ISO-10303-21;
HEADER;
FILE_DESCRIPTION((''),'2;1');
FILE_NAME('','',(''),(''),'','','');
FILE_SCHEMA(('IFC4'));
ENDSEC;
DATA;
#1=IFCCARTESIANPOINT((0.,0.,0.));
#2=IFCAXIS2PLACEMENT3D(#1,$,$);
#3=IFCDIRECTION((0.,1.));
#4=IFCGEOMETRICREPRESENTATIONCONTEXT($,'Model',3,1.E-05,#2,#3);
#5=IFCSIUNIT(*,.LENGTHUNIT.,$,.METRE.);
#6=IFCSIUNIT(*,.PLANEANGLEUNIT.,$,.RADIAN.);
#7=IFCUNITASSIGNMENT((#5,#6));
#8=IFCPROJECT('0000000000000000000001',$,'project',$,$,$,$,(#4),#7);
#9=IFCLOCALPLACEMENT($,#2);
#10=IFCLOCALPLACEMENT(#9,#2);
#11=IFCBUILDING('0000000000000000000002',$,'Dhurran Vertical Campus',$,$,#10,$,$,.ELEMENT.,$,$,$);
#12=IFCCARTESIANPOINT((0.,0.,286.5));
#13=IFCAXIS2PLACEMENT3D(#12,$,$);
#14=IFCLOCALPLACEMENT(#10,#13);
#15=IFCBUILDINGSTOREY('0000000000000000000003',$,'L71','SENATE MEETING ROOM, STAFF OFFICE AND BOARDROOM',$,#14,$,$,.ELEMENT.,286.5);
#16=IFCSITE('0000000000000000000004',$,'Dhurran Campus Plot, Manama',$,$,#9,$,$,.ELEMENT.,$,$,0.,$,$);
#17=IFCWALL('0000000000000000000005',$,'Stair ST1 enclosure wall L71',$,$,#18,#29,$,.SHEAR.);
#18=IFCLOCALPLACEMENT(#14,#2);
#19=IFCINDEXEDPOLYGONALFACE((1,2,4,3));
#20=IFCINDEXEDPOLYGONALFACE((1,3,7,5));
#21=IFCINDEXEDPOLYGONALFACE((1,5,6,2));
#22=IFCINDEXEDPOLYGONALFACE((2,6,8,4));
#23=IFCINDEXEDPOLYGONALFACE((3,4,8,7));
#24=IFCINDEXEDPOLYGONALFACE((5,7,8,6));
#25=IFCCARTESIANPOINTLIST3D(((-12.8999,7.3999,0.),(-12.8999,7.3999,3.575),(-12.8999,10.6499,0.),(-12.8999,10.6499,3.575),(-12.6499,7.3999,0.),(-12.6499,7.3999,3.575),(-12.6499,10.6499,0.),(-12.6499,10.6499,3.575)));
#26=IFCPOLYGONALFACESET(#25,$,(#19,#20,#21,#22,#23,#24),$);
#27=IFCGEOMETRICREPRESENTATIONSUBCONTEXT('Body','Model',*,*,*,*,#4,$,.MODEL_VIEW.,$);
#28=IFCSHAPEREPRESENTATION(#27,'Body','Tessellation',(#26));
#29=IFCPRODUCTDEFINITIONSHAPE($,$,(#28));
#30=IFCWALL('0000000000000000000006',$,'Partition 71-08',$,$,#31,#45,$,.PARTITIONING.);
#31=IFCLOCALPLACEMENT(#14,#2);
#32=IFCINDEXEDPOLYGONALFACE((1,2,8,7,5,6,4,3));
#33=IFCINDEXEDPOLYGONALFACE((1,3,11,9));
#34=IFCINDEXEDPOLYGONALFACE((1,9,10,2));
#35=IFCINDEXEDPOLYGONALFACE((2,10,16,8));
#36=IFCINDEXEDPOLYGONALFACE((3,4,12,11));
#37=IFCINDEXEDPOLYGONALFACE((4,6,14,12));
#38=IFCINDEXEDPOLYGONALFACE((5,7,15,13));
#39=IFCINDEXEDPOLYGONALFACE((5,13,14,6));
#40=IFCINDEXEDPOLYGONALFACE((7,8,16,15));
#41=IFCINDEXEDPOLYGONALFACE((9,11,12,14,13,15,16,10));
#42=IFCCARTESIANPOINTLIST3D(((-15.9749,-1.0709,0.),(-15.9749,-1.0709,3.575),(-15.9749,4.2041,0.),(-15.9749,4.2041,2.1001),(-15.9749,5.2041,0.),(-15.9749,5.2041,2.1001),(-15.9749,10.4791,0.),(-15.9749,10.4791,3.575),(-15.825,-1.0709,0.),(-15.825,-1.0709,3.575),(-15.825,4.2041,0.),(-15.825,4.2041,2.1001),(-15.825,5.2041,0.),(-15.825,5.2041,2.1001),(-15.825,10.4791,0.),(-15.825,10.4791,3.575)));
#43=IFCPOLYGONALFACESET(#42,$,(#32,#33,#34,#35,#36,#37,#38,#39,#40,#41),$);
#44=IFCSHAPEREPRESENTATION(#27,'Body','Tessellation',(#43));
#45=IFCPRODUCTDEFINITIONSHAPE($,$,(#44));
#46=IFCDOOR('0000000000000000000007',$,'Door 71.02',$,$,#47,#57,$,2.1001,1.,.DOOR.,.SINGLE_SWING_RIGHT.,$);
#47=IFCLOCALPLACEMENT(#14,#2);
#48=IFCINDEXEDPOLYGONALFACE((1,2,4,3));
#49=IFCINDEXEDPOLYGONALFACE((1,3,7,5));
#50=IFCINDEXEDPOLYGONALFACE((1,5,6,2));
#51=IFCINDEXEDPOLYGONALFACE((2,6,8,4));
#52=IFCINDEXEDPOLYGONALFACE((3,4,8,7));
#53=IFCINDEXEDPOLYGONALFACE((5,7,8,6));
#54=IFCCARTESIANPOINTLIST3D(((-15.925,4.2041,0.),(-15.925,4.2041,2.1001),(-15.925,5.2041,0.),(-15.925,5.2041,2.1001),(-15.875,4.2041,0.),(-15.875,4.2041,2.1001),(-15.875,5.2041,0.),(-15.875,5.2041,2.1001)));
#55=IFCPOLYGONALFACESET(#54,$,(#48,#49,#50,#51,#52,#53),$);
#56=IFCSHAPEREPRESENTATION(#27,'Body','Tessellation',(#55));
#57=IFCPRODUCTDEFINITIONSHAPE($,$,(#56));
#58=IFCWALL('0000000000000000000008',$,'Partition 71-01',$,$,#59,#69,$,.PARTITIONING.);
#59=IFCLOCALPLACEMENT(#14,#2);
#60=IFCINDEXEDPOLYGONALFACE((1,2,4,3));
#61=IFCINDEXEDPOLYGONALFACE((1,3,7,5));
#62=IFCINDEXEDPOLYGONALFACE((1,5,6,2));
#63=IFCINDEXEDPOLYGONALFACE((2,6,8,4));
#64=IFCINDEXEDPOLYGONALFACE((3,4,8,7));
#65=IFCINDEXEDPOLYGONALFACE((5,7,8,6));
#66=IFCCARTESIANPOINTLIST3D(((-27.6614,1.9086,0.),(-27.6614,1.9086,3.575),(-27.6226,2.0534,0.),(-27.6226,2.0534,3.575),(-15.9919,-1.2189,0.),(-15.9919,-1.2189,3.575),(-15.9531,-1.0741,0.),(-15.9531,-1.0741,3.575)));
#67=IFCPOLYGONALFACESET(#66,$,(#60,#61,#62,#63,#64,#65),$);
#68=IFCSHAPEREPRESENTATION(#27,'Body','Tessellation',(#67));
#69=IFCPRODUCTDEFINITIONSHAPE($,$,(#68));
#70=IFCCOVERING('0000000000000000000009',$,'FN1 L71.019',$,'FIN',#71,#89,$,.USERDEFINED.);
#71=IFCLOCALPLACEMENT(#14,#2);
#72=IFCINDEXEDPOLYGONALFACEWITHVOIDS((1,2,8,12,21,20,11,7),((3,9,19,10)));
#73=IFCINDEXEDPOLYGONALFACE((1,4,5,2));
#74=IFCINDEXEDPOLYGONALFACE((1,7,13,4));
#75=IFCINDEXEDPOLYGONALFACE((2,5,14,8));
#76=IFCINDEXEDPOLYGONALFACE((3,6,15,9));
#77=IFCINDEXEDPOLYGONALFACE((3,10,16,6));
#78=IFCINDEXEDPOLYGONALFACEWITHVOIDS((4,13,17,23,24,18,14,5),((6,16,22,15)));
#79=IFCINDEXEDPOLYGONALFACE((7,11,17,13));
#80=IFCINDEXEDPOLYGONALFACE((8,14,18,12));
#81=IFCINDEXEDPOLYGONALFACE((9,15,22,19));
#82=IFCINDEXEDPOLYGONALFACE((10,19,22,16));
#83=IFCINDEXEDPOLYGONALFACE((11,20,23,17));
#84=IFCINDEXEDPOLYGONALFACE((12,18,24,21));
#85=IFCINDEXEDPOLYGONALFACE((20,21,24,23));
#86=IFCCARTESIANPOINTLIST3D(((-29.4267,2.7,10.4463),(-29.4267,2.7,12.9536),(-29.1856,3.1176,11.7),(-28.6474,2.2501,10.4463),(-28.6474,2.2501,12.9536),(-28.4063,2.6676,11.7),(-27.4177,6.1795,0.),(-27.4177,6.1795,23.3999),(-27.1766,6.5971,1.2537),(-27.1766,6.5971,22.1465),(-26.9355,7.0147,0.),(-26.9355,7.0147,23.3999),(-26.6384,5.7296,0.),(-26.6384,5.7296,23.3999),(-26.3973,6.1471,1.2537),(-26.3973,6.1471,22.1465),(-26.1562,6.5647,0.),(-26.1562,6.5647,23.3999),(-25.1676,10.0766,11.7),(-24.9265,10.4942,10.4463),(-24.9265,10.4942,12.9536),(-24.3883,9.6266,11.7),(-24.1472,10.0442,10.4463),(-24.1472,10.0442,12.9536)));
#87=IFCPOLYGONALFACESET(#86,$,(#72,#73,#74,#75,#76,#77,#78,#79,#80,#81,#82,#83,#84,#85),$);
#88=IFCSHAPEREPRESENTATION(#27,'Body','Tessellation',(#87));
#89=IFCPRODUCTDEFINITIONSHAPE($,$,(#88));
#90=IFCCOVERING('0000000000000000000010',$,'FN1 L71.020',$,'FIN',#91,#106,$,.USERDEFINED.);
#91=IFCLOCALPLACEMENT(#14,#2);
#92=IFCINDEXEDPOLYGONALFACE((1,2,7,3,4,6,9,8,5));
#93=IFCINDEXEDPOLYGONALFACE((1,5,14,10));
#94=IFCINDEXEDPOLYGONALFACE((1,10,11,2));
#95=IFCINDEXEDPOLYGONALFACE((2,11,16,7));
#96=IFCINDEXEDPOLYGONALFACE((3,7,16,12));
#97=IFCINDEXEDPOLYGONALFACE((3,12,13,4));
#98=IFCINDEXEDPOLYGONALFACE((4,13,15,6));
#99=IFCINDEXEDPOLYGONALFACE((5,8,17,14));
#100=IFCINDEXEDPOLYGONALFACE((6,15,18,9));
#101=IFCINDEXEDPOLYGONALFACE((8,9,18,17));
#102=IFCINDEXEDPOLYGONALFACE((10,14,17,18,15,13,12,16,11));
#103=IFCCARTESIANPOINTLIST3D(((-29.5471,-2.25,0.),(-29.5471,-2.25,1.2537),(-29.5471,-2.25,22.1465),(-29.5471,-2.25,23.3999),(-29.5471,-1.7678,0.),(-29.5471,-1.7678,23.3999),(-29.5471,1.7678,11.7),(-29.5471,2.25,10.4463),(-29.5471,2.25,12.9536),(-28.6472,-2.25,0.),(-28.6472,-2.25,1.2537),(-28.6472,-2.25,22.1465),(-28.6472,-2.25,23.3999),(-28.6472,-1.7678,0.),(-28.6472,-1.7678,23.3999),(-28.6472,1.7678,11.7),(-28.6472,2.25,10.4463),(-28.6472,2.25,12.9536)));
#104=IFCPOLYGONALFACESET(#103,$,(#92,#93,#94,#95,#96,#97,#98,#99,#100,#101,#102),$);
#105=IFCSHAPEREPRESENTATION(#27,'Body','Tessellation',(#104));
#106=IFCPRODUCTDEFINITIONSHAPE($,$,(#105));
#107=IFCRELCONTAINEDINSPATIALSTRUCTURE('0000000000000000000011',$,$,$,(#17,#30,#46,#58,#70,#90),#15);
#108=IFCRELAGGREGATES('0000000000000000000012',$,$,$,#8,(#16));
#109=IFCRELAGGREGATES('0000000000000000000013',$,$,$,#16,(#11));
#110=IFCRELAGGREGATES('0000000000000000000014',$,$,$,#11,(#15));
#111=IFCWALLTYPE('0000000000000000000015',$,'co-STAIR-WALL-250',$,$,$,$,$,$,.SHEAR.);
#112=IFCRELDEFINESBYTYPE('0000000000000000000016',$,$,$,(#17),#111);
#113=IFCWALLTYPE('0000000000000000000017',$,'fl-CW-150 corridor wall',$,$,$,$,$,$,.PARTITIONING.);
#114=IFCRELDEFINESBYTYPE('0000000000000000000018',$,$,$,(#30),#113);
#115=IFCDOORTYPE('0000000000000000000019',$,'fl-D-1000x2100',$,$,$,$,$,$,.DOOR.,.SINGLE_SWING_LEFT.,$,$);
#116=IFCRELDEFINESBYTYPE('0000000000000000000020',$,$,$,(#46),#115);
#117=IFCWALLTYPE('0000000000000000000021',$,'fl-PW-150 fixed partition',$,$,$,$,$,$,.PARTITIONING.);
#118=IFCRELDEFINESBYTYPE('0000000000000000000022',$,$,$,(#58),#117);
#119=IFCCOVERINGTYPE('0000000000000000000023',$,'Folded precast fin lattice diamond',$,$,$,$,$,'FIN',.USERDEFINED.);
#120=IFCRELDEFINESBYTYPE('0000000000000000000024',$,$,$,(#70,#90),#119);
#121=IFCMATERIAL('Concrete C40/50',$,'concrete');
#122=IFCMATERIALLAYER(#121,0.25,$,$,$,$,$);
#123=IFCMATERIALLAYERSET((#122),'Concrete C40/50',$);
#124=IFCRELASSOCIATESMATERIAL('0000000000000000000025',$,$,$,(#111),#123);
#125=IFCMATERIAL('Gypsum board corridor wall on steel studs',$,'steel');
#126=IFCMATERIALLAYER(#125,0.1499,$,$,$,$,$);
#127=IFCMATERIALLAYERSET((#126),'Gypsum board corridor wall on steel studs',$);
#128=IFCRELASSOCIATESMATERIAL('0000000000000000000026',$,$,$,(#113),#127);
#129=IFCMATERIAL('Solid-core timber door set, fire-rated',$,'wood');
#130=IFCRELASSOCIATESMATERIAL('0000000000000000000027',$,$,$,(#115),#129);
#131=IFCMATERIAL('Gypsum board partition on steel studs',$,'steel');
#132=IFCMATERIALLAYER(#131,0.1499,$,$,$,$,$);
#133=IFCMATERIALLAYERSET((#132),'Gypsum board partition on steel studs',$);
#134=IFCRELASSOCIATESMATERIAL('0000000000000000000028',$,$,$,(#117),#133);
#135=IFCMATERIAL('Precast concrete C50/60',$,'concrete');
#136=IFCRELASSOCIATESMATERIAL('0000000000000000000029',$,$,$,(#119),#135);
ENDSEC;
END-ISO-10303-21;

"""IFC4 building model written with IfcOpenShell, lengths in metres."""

from ifc_helpers import new_model, si_unit, direction, frame, frame_2d, origin, place, context, subcontext, project, spatial, polyline, rectangle, outline, extrude, material, layer, layer_set, type_object, element, fill, save


model = new_model("IFC4")

# Units and contexts
model_context = context("Model", 3, precision=1e-05, world=origin(), true_north=direction((0.0, 1.0)))
body_context = subcontext(model_context, "Body", "Model", "MODEL_VIEW")
ifc_project = project(units=[si_unit("LENGTHUNIT", "METRE"), si_unit("PLANEANGLEUNIT", "RADIAN")], contexts=[model_context])

# Site, building, storey
site_placement = place(None, origin())
site = spatial("IfcSite", under=ifc_project, at=site_placement, Name="Dhurran Campus Plot, Manama", CompositionType="ELEMENT", RefElevation=0.0)
building_placement = place(site_placement, origin())
building = spatial("IfcBuilding", under=site, at=building_placement, Name="Dhurran Vertical Campus", CompositionType="ELEMENT")
storey_placement = place(building_placement, frame((0.0, 0.0, 286.5)))
storey = spatial("IfcBuildingStorey", under=building, at=storey_placement, Name="L71", Description="SENATE MEETING ROOM, STAFF OFFICE AND BOARDROOM", CompositionType="ELEMENT", Elevation=286.5)

# Shared definitions
ifc_material_1 = material(Name="Concrete C40/50", Category="concrete")
ifc_layer_1 = layer(ifc_material_1, 0.25)
ifc_layer_set_1 = layer_set([ifc_layer_1], Name="Concrete C40/50")
wall_type_1 = type_object("IfcWallType", Name="co-STAIR-WALL-250", PredefinedType="SHEAR", material=ifc_layer_set_1)

# Wall
wall_1_placement = place(storey_placement, frame((-12.7749, 7.3999, 0.0), z_axis=(0.0, 0.0, 1.0), x_axis=(0.0, 1.0, 0.0)))
element("IfcWall", 1, at=wall_1_placement, inside=storey, type_object=wall_type_1, Name="Stair ST1 enclosure wall L71", PredefinedType="SHEAR", context=body_context, shape_type="SweptSolid", body=[
    extrude(rectangle(XDim=3.25, YDim=0.25, at=frame_2d((1.625, 0.0))), origin(), (0.0, 0.0, 1.0), 3.575),
])

# Wall, opening, door
ifc_material_2 = material(Name="Gypsum board corridor wall on steel studs", Category="steel")
ifc_layer_2 = layer(ifc_material_2, 0.1499)
ifc_layer_set_2 = layer_set([ifc_layer_2], Name="Gypsum board corridor wall on steel studs")
wall_type_2 = type_object("IfcWallType", Name="fl-CW-150 corridor wall", PredefinedType="PARTITIONING", material=ifc_layer_set_2)
wall_2_placement = place(storey_placement, frame((-15.8999, 10.479, 0.0), z_axis=(0.0, 0.0, 1.0), x_axis=(0.0, -1.0, 0.0)))
wall_2 = element("IfcWall", 2, at=wall_2_placement, inside=storey, type_object=wall_type_2, Name="Partition 71-08", PredefinedType="PARTITIONING", context=body_context, shape_type="SweptSolid", body=[
    extrude(rectangle(XDim=11.55, YDim=0.1499, at=frame_2d((5.7749, 0.0))), origin(), (0.0, 0.0, 1.0), 3.575),
])
opening_1_placement = place(wall_2_placement, frame((5.2749, 0.0, 0.0)))
opening_1 = element("IfcOpeningElement", 3, at=opening_1_placement, cuts=wall_2, PredefinedType="OPENING", context=body_context, shape_type="SweptSolid", body=[
    extrude(rectangle(XDim=1.0, YDim=2.1001, at=frame_2d((0.5, 1.05))), frame((0.0, 0.085, 0.0), z_axis=(0.0, -1.0, 0.0), x_axis=(1.0, 0.0, 0.0)), (0.0, 0.0, 1.0), 0.1699),
])
ifc_material_3 = material(Name="Solid-core timber door set, fire-rated", Category="wood")
door_type_1 = type_object("IfcDoorType", Name="fl-D-1000x2100", OperationType="SINGLE_SWING_LEFT", PredefinedType="DOOR", material=ifc_material_3)
door_1_placement = place(opening_1_placement, origin())
door_1 = element("IfcDoor", 4, at=door_1_placement, inside=storey, type_object=door_type_1, Name="Door 71.02", OperationType="SINGLE_SWING_RIGHT", OverallHeight=2.1001, OverallWidth=1.0, PredefinedType="DOOR", context=body_context, shape_type="SweptSolid", body=[
    extrude(rectangle(XDim=1.0, YDim=2.1001, at=frame_2d((0.5, 1.05))), frame((0.0, 0.0249, 0.0), z_axis=(0.0, -1.0, 0.0), x_axis=(1.0, 0.0, 0.0)), (0.0, 0.0, 1.0), 0.05),
])
fill(opening_1, door_1)

# Wall
ifc_material_4 = material(Name="Gypsum board partition on steel studs", Category="steel")
ifc_layer_3 = layer(ifc_material_4, 0.1499)
ifc_layer_set_3 = layer_set([ifc_layer_3], Name="Gypsum board partition on steel studs")
wall_type_3 = type_object("IfcWallType", Name="fl-PW-150 fixed partition", PredefinedType="PARTITIONING", material=ifc_layer_set_3)
wall_3_placement = place(storey_placement, frame((-27.6418, 1.981, 0.0), z_axis=(0.0, 0.0, 1.0), x_axis=(0.965913, -0.258867, 0.0)))
element("IfcWall", 5, at=wall_3_placement, inside=storey, type_object=wall_type_3, Name="Partition 71-01", PredefinedType="PARTITIONING", context=body_context, shape_type="SweptSolid", body=[
    extrude(rectangle(XDim=12.0813, YDim=0.1499, at=frame_2d((6.0405, 0.0))), origin(), (0.0, 0.0, 1.0), 3.575),
])

# Coverings
ifc_material_5 = material(Name="Precast concrete C50/60", Category="concrete")
covering_type = type_object("IfcCoveringType", Name="Folded precast fin lattice diamond", ElementType="FIN", PredefinedType="USERDEFINED", material=ifc_material_5)
covering_1_placement = place(storey_placement, frame((-24.1472, 10.0442, 0.0), z_axis=(-0.866014, 0.50002, 0.0), x_axis=(-0.50002, -0.866014, 0.0)))
element("IfcCovering", 6, at=covering_1_placement, inside=storey, type_object=covering_type, Name="FN1 L71.019", ObjectType="FIN", PredefinedType="USERDEFINED", context=body_context, shape_type="SweptSolid", body=[
    extrude(outline(polyline([(9.0, 12.9536), (9.0, 10.4463), (4.9822, 0.0), (4.0178, 0.0), (0.0, 10.4463), (0.0, 12.9536), (4.0178, 23.3999), (4.9822, 23.3999), (9.0, 12.9536)]), holes=[polyline([(8.5178, 11.7), (4.5, 22.1465), (0.4822, 11.7), (4.5, 1.2537), (8.5178, 11.7)])]), origin(), (0.0, 0.0, 1.0), 0.8999),
])
covering_2_placement = place(storey_placement, frame((-28.6472, 2.25, 0.0), z_axis=(-1.0, 0.0, 0.0), x_axis=(0.0, -1.0, 0.0)))
element("IfcCovering", 7, at=covering_2_placement, inside=storey, type_object=covering_type, Name="FN1 L71.020", ObjectType="FIN", PredefinedType="USERDEFINED", context=body_context, shape_type="SweptSolid", body=[
    extrude(outline(polyline([(4.0178, 0.0), (0.0, 10.4463), (0.0, 12.9536), (4.0178, 23.3999), (4.5, 23.3999), (4.5, 22.1465), (0.4822, 11.7), (4.5, 1.2537), (4.5, 0.0), (4.0178, 0.0)])), origin(), (0.0, 0.0, 1.0), 0.8999),
])

save(model, "model.ifc")
